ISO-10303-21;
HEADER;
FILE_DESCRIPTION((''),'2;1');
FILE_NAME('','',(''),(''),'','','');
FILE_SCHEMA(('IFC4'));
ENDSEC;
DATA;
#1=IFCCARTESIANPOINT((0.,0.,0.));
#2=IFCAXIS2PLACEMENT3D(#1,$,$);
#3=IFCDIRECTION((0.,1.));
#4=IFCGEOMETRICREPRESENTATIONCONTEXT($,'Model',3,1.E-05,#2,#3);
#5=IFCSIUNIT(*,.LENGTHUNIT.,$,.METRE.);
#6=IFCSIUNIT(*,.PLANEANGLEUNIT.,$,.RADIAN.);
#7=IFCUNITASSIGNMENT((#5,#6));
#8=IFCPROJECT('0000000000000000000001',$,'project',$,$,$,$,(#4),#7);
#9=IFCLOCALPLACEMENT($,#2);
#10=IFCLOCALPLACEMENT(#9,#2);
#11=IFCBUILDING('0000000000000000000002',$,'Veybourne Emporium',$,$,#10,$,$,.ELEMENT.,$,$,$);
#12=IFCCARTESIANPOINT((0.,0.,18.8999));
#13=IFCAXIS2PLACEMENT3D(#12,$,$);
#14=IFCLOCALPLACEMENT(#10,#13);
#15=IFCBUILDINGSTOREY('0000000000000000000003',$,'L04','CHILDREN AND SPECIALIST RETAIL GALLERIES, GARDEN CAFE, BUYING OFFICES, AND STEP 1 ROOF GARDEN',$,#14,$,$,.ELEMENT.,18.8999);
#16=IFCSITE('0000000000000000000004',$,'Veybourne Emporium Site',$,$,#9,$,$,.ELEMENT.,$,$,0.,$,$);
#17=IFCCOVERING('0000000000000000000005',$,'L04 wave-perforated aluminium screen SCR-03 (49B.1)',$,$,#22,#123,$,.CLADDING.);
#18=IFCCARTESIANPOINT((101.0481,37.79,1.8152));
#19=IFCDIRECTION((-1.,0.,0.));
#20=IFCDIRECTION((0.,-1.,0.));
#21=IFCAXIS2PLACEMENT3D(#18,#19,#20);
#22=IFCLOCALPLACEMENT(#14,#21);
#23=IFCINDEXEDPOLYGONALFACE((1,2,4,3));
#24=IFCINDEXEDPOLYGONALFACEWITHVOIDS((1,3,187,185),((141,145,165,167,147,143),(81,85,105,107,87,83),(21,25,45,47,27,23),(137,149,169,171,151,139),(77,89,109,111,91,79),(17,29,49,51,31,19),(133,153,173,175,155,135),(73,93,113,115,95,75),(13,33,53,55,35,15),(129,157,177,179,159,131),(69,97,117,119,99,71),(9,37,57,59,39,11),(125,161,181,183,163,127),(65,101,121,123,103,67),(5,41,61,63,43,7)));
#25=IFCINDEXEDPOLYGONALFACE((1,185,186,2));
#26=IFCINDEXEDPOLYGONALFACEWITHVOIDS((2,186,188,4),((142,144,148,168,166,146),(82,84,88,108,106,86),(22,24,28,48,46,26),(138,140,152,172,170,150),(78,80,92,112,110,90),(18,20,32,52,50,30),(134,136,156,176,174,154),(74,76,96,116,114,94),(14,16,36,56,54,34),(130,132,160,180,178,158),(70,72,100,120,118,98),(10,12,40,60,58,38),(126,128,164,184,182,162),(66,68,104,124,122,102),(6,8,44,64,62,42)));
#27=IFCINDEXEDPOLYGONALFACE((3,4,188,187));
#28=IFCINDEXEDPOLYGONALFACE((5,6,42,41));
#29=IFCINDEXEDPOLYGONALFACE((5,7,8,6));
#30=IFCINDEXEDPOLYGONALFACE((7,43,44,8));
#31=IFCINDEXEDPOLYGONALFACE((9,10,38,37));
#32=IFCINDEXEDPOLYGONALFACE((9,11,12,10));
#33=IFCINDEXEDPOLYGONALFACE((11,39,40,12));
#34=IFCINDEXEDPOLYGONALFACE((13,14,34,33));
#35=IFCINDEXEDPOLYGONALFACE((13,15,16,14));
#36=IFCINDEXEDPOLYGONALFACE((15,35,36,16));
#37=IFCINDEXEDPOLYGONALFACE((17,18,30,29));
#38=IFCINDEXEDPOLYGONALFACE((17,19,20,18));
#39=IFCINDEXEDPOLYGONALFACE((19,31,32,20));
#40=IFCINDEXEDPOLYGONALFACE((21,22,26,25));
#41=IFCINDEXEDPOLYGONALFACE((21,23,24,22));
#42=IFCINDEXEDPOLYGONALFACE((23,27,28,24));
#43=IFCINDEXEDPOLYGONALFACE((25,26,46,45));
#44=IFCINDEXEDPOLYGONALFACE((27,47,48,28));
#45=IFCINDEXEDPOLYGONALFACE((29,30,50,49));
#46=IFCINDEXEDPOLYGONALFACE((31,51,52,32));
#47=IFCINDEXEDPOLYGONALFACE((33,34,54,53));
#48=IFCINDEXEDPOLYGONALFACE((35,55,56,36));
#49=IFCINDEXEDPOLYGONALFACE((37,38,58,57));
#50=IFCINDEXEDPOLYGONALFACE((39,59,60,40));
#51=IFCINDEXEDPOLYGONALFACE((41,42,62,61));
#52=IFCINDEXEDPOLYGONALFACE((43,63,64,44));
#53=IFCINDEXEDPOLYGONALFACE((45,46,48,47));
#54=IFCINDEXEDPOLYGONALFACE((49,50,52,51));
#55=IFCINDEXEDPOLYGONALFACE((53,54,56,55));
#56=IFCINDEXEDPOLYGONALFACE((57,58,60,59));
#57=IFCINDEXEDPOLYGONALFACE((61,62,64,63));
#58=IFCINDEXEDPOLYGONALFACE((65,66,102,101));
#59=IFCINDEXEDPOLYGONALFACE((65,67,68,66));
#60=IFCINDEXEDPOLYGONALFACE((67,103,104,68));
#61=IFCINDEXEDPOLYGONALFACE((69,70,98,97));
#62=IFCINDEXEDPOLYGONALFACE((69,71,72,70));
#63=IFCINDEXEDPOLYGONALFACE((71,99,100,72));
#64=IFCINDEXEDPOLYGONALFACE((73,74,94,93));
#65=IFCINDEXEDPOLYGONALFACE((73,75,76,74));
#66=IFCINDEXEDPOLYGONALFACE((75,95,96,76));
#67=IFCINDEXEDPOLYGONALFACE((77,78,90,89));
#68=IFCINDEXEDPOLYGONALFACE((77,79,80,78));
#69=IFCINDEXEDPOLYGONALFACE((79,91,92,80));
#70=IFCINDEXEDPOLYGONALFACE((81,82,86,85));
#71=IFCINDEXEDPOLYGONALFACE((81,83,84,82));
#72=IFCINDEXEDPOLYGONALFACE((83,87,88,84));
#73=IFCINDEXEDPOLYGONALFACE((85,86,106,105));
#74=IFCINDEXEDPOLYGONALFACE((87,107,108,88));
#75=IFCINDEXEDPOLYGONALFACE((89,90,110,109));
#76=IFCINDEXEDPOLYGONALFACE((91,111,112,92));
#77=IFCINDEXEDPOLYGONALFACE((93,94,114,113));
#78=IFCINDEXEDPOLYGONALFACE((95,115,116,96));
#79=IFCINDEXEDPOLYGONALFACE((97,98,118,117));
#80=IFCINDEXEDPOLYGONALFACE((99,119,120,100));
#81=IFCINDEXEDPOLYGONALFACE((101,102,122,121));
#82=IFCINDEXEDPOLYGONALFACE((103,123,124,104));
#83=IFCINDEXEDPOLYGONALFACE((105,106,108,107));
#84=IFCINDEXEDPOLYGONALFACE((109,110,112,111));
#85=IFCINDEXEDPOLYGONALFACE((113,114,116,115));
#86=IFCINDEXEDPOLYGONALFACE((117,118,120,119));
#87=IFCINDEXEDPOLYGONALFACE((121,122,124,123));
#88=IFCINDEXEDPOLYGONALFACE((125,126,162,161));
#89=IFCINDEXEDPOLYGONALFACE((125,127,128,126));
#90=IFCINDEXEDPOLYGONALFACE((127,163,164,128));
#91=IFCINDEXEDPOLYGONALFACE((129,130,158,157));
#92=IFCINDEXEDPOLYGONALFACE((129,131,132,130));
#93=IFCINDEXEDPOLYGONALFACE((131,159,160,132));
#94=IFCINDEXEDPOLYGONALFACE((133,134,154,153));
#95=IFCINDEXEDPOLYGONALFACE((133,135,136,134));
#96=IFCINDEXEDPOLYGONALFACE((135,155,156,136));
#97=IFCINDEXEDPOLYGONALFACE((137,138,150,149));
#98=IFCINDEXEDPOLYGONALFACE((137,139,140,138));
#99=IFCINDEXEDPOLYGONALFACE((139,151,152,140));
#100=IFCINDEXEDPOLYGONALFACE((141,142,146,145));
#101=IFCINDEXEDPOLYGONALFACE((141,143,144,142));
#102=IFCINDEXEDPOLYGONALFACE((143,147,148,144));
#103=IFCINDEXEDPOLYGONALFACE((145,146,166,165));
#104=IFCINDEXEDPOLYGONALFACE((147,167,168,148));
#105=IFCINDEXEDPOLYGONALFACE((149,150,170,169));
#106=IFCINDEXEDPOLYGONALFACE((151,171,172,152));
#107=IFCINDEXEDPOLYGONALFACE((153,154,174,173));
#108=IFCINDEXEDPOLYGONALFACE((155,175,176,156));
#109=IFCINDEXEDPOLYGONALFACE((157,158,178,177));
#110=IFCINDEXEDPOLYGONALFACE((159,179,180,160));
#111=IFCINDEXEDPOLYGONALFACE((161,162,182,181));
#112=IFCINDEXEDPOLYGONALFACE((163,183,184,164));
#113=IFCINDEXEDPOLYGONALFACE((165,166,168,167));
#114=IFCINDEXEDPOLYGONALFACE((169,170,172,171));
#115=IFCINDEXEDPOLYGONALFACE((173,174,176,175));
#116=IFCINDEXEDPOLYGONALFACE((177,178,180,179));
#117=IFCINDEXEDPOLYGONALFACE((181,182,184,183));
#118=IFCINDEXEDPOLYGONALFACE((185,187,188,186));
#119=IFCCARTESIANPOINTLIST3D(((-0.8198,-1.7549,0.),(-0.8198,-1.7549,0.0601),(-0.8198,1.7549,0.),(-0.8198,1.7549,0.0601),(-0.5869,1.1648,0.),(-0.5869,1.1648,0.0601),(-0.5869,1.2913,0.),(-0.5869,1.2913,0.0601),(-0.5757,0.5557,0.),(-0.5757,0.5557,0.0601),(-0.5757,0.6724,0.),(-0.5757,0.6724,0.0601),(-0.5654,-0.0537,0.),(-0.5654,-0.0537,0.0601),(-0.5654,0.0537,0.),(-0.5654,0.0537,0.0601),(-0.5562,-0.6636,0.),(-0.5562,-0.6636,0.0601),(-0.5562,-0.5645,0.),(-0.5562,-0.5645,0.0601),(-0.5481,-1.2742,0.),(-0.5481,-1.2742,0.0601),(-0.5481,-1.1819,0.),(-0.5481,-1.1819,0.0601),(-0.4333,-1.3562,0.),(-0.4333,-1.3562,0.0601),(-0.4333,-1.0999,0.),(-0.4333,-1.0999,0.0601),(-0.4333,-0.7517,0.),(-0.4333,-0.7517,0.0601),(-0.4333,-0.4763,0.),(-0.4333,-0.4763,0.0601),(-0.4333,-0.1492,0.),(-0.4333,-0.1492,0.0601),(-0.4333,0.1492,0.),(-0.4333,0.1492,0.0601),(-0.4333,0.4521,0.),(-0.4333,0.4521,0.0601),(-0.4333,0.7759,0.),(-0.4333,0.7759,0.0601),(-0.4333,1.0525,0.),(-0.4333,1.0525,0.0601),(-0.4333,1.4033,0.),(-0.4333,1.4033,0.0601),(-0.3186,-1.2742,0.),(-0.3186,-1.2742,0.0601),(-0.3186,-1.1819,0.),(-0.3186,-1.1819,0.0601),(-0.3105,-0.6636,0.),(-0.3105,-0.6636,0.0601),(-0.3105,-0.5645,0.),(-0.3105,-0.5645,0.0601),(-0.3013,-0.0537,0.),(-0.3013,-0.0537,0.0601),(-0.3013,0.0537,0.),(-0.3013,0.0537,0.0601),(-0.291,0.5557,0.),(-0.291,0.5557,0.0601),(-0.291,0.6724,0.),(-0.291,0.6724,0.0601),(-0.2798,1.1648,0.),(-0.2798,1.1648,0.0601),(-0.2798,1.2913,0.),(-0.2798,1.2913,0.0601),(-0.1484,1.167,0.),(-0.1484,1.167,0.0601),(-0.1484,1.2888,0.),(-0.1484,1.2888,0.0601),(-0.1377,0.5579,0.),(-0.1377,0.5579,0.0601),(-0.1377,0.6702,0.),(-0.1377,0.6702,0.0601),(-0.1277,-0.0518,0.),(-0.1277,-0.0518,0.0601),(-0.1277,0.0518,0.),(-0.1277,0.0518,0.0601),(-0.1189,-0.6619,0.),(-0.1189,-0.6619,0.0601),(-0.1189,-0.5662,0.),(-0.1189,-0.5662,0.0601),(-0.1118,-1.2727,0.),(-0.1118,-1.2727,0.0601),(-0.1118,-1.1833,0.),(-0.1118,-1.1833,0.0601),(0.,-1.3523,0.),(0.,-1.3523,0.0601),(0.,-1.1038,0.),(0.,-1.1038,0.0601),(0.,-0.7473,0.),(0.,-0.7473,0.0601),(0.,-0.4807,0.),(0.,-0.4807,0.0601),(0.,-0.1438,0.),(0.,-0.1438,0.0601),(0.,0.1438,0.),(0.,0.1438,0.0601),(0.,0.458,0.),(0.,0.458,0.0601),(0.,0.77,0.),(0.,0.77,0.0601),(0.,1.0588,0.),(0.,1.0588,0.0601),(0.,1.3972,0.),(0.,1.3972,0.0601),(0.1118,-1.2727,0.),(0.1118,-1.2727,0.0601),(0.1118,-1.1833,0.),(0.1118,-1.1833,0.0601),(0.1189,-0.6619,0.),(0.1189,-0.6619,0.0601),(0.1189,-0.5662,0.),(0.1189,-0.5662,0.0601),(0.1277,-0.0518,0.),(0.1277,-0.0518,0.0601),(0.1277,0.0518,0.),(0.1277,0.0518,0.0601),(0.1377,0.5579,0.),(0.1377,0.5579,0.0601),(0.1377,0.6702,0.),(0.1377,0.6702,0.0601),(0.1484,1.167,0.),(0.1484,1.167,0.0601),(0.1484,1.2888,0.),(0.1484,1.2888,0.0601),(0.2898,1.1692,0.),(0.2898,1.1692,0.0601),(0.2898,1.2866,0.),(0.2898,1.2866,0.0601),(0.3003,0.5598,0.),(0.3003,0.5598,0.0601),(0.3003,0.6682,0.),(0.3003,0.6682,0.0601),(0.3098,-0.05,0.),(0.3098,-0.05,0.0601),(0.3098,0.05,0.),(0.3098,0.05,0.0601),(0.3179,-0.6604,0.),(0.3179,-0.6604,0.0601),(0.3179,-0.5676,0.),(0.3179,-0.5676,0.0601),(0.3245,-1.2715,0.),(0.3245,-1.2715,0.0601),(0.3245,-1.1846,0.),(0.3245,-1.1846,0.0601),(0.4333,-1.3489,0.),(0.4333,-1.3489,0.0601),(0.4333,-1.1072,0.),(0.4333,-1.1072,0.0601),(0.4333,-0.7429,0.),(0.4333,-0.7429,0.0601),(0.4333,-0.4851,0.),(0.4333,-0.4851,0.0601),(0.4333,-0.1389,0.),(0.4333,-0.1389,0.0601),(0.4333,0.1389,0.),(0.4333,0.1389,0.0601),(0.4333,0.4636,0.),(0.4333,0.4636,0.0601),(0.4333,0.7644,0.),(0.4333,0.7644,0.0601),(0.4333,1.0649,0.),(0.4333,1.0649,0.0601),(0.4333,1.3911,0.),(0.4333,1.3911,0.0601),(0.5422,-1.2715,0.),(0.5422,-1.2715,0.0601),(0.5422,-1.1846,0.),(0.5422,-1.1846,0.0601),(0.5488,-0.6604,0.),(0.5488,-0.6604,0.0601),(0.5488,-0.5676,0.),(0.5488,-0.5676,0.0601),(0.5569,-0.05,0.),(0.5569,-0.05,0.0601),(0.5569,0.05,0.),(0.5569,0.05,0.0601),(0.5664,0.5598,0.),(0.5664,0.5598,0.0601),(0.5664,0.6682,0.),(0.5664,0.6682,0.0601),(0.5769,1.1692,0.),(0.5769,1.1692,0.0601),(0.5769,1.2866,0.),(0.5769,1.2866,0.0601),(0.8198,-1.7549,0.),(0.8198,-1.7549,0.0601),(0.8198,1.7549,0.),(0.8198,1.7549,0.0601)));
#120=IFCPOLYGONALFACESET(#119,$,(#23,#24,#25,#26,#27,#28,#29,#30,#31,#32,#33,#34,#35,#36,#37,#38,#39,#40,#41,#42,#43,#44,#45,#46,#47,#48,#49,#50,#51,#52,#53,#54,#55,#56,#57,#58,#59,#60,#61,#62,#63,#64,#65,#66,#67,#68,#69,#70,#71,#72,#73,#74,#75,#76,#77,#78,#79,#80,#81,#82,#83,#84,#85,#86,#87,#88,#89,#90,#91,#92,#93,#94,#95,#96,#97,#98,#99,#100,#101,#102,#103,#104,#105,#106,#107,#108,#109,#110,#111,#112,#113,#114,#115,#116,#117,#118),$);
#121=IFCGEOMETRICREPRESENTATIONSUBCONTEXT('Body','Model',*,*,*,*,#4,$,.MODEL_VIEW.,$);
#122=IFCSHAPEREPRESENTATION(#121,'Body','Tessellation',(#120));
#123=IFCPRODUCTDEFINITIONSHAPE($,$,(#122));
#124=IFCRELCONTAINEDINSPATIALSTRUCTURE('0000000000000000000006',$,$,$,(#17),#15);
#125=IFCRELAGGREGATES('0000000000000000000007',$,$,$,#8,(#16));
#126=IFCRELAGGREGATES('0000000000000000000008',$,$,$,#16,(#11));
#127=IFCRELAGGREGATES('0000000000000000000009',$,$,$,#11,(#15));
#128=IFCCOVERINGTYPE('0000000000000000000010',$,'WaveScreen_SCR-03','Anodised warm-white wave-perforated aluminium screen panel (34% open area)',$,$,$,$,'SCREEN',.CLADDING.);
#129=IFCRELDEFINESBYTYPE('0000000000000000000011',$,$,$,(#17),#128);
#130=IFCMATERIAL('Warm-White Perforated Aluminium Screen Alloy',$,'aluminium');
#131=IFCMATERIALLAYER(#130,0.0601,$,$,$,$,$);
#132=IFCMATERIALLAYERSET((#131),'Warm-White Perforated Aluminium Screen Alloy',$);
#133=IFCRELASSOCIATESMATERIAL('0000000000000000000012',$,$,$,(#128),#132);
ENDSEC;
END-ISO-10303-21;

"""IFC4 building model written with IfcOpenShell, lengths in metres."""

from ifc_helpers import new_model, si_unit, direction, frame, origin, place, context, subcontext, project, spatial, polyline, outline, extrude, material, layer, layer_set, type_object, element, save


model = new_model("IFC4")

# Units and contexts
model_context = context("Model", 3, precision=1e-05, world=origin(), true_north=direction((0.0, 1.0)))
body_context = subcontext(model_context, "Body", "Model", "MODEL_VIEW")
ifc_project = project(units=[si_unit("LENGTHUNIT", "METRE"), si_unit("PLANEANGLEUNIT", "RADIAN")], contexts=[model_context])

# Site, building, storey
site_placement = place(None, origin())
site = spatial("IfcSite", under=ifc_project, at=site_placement, Name="Veybourne Emporium Site", CompositionType="ELEMENT", RefElevation=0.0)
building_placement = place(site_placement, origin())
building = spatial("IfcBuilding", under=site, at=building_placement, Name="Veybourne Emporium", CompositionType="ELEMENT")
storey_placement = place(building_placement, frame((0.0, 0.0, 18.8999)))
storey = spatial("IfcBuildingStorey", under=building, at=storey_placement, Name="L04", Description="CHILDREN AND SPECIALIST RETAIL GALLERIES, GARDEN CAFE, BUYING OFFICES, AND STEP 1 ROOF GARDEN", CompositionType="ELEMENT", Elevation=18.8999)

# Covering
ifc_material_1 = material(Name="Warm-White Perforated Aluminium Screen Alloy", Category="aluminium")
ifc_layer_1 = layer(ifc_material_1, 0.0601)
ifc_layer_set_1 = layer_set([ifc_layer_1], Name="Warm-White Perforated Aluminium Screen Alloy")
covering_type_1 = type_object("IfcCoveringType", Name="WaveScreen_SCR-03", Description="Anodised warm-white wave-perforated aluminium screen panel (34% open area)", ElementType="SCREEN", PredefinedType="CLADDING", material=ifc_layer_set_1)
covering_1_placement = place(storey_placement, frame((101.0481, 37.79, 1.8152), z_axis=(-1.0, 0.0, 0.0), x_axis=(0.0, -1.0, 0.0)))
element("IfcCovering", 1, at=covering_1_placement, inside=storey, type_object=covering_type_1, Name="L04 wave-perforated aluminium screen SCR-03 (49B.1)", PredefinedType="CLADDING", context=body_context, shape_type="SweptSolid", body=[
    extrude(outline(polyline([(-0.8198, -1.7549), (0.8198, -1.7549), (0.8198, 1.7549), (-0.8198, 1.7549), (-0.8198, -1.7549)]), holes=[polyline([(-0.4333, -1.0999), (-0.3186, -1.1819), (-0.3186, -1.2742), (-0.4333, -1.3562), (-0.5481, -1.2742), (-0.5481, -1.1819), (-0.4333, -1.0999)]), polyline([(-0.4333, -0.4763), (-0.3105, -0.5645), (-0.3105, -0.6636), (-0.4333, -0.7517), (-0.5562, -0.6636), (-0.5562, -0.5645), (-0.4333, -0.4763)]), polyline([(-0.4333, 0.1492), (-0.3013, 0.0537), (-0.3013, -0.0537), (-0.4333, -0.1492), (-0.5654, -0.0537), (-0.5654, 0.0537), (-0.4333, 0.1492)]), polyline([(-0.4333, 0.7759), (-0.291, 0.6724), (-0.291, 0.5557), (-0.4333, 0.4521), (-0.5757, 0.5557), (-0.5757, 0.6724), (-0.4333, 0.7759)]), polyline([(-0.4333, 1.4033), (-0.2798, 1.2913), (-0.2798, 1.1648), (-0.4333, 1.0525), (-0.5869, 1.1648), (-0.5869, 1.2913), (-0.4333, 1.4033)]), polyline([(0.0, -1.1038), (0.1118, -1.1833), (0.1118, -1.2727), (0.0, -1.3523), (-0.1118, -1.2727), (-0.1118, -1.1833), (0.0, -1.1038)]), polyline([(0.0, -0.4807), (0.1189, -0.5662), (0.1189, -0.6619), (0.0, -0.7473), (-0.1189, -0.6619), (-0.1189, -0.5662), (0.0, -0.4807)]), polyline([(0.0, 0.1438), (0.1277, 0.0518), (0.1277, -0.0518), (0.0, -0.1438), (-0.1277, -0.0518), (-0.1277, 0.0518), (0.0, 0.1438)]), polyline([(0.0, 0.77), (0.1377, 0.6702), (0.1377, 0.5579), (0.0, 0.458), (-0.1377, 0.5579), (-0.1377, 0.6702), (0.0, 0.77)]), polyline([(0.0, 1.3972), (0.1484, 1.2888), (0.1484, 1.167), (0.0, 1.0588), (-0.1484, 1.167), (-0.1484, 1.2888), (0.0, 1.3972)]), polyline([(0.4333, -1.1072), (0.5422, -1.1846), (0.5422, -1.2715), (0.4333, -1.3489), (0.3245, -1.2715), (0.3245, -1.1846), (0.4333, -1.1072)]), polyline([(0.4333, -0.4851), (0.5488, -0.5676), (0.5488, -0.6604), (0.4333, -0.7429), (0.3179, -0.6604), (0.3179, -0.5676), (0.4333, -0.4851)]), polyline([(0.4333, 0.1389), (0.5569, 0.05), (0.5569, -0.05), (0.4333, -0.1389), (0.3098, -0.05), (0.3098, 0.05), (0.4333, 0.1389)]), polyline([(0.4333, 0.7644), (0.5664, 0.6682), (0.5664, 0.5598), (0.4333, 0.4636), (0.3003, 0.5598), (0.3003, 0.6682), (0.4333, 0.7644)]), polyline([(0.4333, 1.3911), (0.5769, 1.2866), (0.5769, 1.1692), (0.4333, 1.0649), (0.2898, 1.1692), (0.2898, 1.2866), (0.4333, 1.3911)])]), origin(), (0.0, 0.0, 1.0), 0.0601),
])

save(model, "model.ifc")
